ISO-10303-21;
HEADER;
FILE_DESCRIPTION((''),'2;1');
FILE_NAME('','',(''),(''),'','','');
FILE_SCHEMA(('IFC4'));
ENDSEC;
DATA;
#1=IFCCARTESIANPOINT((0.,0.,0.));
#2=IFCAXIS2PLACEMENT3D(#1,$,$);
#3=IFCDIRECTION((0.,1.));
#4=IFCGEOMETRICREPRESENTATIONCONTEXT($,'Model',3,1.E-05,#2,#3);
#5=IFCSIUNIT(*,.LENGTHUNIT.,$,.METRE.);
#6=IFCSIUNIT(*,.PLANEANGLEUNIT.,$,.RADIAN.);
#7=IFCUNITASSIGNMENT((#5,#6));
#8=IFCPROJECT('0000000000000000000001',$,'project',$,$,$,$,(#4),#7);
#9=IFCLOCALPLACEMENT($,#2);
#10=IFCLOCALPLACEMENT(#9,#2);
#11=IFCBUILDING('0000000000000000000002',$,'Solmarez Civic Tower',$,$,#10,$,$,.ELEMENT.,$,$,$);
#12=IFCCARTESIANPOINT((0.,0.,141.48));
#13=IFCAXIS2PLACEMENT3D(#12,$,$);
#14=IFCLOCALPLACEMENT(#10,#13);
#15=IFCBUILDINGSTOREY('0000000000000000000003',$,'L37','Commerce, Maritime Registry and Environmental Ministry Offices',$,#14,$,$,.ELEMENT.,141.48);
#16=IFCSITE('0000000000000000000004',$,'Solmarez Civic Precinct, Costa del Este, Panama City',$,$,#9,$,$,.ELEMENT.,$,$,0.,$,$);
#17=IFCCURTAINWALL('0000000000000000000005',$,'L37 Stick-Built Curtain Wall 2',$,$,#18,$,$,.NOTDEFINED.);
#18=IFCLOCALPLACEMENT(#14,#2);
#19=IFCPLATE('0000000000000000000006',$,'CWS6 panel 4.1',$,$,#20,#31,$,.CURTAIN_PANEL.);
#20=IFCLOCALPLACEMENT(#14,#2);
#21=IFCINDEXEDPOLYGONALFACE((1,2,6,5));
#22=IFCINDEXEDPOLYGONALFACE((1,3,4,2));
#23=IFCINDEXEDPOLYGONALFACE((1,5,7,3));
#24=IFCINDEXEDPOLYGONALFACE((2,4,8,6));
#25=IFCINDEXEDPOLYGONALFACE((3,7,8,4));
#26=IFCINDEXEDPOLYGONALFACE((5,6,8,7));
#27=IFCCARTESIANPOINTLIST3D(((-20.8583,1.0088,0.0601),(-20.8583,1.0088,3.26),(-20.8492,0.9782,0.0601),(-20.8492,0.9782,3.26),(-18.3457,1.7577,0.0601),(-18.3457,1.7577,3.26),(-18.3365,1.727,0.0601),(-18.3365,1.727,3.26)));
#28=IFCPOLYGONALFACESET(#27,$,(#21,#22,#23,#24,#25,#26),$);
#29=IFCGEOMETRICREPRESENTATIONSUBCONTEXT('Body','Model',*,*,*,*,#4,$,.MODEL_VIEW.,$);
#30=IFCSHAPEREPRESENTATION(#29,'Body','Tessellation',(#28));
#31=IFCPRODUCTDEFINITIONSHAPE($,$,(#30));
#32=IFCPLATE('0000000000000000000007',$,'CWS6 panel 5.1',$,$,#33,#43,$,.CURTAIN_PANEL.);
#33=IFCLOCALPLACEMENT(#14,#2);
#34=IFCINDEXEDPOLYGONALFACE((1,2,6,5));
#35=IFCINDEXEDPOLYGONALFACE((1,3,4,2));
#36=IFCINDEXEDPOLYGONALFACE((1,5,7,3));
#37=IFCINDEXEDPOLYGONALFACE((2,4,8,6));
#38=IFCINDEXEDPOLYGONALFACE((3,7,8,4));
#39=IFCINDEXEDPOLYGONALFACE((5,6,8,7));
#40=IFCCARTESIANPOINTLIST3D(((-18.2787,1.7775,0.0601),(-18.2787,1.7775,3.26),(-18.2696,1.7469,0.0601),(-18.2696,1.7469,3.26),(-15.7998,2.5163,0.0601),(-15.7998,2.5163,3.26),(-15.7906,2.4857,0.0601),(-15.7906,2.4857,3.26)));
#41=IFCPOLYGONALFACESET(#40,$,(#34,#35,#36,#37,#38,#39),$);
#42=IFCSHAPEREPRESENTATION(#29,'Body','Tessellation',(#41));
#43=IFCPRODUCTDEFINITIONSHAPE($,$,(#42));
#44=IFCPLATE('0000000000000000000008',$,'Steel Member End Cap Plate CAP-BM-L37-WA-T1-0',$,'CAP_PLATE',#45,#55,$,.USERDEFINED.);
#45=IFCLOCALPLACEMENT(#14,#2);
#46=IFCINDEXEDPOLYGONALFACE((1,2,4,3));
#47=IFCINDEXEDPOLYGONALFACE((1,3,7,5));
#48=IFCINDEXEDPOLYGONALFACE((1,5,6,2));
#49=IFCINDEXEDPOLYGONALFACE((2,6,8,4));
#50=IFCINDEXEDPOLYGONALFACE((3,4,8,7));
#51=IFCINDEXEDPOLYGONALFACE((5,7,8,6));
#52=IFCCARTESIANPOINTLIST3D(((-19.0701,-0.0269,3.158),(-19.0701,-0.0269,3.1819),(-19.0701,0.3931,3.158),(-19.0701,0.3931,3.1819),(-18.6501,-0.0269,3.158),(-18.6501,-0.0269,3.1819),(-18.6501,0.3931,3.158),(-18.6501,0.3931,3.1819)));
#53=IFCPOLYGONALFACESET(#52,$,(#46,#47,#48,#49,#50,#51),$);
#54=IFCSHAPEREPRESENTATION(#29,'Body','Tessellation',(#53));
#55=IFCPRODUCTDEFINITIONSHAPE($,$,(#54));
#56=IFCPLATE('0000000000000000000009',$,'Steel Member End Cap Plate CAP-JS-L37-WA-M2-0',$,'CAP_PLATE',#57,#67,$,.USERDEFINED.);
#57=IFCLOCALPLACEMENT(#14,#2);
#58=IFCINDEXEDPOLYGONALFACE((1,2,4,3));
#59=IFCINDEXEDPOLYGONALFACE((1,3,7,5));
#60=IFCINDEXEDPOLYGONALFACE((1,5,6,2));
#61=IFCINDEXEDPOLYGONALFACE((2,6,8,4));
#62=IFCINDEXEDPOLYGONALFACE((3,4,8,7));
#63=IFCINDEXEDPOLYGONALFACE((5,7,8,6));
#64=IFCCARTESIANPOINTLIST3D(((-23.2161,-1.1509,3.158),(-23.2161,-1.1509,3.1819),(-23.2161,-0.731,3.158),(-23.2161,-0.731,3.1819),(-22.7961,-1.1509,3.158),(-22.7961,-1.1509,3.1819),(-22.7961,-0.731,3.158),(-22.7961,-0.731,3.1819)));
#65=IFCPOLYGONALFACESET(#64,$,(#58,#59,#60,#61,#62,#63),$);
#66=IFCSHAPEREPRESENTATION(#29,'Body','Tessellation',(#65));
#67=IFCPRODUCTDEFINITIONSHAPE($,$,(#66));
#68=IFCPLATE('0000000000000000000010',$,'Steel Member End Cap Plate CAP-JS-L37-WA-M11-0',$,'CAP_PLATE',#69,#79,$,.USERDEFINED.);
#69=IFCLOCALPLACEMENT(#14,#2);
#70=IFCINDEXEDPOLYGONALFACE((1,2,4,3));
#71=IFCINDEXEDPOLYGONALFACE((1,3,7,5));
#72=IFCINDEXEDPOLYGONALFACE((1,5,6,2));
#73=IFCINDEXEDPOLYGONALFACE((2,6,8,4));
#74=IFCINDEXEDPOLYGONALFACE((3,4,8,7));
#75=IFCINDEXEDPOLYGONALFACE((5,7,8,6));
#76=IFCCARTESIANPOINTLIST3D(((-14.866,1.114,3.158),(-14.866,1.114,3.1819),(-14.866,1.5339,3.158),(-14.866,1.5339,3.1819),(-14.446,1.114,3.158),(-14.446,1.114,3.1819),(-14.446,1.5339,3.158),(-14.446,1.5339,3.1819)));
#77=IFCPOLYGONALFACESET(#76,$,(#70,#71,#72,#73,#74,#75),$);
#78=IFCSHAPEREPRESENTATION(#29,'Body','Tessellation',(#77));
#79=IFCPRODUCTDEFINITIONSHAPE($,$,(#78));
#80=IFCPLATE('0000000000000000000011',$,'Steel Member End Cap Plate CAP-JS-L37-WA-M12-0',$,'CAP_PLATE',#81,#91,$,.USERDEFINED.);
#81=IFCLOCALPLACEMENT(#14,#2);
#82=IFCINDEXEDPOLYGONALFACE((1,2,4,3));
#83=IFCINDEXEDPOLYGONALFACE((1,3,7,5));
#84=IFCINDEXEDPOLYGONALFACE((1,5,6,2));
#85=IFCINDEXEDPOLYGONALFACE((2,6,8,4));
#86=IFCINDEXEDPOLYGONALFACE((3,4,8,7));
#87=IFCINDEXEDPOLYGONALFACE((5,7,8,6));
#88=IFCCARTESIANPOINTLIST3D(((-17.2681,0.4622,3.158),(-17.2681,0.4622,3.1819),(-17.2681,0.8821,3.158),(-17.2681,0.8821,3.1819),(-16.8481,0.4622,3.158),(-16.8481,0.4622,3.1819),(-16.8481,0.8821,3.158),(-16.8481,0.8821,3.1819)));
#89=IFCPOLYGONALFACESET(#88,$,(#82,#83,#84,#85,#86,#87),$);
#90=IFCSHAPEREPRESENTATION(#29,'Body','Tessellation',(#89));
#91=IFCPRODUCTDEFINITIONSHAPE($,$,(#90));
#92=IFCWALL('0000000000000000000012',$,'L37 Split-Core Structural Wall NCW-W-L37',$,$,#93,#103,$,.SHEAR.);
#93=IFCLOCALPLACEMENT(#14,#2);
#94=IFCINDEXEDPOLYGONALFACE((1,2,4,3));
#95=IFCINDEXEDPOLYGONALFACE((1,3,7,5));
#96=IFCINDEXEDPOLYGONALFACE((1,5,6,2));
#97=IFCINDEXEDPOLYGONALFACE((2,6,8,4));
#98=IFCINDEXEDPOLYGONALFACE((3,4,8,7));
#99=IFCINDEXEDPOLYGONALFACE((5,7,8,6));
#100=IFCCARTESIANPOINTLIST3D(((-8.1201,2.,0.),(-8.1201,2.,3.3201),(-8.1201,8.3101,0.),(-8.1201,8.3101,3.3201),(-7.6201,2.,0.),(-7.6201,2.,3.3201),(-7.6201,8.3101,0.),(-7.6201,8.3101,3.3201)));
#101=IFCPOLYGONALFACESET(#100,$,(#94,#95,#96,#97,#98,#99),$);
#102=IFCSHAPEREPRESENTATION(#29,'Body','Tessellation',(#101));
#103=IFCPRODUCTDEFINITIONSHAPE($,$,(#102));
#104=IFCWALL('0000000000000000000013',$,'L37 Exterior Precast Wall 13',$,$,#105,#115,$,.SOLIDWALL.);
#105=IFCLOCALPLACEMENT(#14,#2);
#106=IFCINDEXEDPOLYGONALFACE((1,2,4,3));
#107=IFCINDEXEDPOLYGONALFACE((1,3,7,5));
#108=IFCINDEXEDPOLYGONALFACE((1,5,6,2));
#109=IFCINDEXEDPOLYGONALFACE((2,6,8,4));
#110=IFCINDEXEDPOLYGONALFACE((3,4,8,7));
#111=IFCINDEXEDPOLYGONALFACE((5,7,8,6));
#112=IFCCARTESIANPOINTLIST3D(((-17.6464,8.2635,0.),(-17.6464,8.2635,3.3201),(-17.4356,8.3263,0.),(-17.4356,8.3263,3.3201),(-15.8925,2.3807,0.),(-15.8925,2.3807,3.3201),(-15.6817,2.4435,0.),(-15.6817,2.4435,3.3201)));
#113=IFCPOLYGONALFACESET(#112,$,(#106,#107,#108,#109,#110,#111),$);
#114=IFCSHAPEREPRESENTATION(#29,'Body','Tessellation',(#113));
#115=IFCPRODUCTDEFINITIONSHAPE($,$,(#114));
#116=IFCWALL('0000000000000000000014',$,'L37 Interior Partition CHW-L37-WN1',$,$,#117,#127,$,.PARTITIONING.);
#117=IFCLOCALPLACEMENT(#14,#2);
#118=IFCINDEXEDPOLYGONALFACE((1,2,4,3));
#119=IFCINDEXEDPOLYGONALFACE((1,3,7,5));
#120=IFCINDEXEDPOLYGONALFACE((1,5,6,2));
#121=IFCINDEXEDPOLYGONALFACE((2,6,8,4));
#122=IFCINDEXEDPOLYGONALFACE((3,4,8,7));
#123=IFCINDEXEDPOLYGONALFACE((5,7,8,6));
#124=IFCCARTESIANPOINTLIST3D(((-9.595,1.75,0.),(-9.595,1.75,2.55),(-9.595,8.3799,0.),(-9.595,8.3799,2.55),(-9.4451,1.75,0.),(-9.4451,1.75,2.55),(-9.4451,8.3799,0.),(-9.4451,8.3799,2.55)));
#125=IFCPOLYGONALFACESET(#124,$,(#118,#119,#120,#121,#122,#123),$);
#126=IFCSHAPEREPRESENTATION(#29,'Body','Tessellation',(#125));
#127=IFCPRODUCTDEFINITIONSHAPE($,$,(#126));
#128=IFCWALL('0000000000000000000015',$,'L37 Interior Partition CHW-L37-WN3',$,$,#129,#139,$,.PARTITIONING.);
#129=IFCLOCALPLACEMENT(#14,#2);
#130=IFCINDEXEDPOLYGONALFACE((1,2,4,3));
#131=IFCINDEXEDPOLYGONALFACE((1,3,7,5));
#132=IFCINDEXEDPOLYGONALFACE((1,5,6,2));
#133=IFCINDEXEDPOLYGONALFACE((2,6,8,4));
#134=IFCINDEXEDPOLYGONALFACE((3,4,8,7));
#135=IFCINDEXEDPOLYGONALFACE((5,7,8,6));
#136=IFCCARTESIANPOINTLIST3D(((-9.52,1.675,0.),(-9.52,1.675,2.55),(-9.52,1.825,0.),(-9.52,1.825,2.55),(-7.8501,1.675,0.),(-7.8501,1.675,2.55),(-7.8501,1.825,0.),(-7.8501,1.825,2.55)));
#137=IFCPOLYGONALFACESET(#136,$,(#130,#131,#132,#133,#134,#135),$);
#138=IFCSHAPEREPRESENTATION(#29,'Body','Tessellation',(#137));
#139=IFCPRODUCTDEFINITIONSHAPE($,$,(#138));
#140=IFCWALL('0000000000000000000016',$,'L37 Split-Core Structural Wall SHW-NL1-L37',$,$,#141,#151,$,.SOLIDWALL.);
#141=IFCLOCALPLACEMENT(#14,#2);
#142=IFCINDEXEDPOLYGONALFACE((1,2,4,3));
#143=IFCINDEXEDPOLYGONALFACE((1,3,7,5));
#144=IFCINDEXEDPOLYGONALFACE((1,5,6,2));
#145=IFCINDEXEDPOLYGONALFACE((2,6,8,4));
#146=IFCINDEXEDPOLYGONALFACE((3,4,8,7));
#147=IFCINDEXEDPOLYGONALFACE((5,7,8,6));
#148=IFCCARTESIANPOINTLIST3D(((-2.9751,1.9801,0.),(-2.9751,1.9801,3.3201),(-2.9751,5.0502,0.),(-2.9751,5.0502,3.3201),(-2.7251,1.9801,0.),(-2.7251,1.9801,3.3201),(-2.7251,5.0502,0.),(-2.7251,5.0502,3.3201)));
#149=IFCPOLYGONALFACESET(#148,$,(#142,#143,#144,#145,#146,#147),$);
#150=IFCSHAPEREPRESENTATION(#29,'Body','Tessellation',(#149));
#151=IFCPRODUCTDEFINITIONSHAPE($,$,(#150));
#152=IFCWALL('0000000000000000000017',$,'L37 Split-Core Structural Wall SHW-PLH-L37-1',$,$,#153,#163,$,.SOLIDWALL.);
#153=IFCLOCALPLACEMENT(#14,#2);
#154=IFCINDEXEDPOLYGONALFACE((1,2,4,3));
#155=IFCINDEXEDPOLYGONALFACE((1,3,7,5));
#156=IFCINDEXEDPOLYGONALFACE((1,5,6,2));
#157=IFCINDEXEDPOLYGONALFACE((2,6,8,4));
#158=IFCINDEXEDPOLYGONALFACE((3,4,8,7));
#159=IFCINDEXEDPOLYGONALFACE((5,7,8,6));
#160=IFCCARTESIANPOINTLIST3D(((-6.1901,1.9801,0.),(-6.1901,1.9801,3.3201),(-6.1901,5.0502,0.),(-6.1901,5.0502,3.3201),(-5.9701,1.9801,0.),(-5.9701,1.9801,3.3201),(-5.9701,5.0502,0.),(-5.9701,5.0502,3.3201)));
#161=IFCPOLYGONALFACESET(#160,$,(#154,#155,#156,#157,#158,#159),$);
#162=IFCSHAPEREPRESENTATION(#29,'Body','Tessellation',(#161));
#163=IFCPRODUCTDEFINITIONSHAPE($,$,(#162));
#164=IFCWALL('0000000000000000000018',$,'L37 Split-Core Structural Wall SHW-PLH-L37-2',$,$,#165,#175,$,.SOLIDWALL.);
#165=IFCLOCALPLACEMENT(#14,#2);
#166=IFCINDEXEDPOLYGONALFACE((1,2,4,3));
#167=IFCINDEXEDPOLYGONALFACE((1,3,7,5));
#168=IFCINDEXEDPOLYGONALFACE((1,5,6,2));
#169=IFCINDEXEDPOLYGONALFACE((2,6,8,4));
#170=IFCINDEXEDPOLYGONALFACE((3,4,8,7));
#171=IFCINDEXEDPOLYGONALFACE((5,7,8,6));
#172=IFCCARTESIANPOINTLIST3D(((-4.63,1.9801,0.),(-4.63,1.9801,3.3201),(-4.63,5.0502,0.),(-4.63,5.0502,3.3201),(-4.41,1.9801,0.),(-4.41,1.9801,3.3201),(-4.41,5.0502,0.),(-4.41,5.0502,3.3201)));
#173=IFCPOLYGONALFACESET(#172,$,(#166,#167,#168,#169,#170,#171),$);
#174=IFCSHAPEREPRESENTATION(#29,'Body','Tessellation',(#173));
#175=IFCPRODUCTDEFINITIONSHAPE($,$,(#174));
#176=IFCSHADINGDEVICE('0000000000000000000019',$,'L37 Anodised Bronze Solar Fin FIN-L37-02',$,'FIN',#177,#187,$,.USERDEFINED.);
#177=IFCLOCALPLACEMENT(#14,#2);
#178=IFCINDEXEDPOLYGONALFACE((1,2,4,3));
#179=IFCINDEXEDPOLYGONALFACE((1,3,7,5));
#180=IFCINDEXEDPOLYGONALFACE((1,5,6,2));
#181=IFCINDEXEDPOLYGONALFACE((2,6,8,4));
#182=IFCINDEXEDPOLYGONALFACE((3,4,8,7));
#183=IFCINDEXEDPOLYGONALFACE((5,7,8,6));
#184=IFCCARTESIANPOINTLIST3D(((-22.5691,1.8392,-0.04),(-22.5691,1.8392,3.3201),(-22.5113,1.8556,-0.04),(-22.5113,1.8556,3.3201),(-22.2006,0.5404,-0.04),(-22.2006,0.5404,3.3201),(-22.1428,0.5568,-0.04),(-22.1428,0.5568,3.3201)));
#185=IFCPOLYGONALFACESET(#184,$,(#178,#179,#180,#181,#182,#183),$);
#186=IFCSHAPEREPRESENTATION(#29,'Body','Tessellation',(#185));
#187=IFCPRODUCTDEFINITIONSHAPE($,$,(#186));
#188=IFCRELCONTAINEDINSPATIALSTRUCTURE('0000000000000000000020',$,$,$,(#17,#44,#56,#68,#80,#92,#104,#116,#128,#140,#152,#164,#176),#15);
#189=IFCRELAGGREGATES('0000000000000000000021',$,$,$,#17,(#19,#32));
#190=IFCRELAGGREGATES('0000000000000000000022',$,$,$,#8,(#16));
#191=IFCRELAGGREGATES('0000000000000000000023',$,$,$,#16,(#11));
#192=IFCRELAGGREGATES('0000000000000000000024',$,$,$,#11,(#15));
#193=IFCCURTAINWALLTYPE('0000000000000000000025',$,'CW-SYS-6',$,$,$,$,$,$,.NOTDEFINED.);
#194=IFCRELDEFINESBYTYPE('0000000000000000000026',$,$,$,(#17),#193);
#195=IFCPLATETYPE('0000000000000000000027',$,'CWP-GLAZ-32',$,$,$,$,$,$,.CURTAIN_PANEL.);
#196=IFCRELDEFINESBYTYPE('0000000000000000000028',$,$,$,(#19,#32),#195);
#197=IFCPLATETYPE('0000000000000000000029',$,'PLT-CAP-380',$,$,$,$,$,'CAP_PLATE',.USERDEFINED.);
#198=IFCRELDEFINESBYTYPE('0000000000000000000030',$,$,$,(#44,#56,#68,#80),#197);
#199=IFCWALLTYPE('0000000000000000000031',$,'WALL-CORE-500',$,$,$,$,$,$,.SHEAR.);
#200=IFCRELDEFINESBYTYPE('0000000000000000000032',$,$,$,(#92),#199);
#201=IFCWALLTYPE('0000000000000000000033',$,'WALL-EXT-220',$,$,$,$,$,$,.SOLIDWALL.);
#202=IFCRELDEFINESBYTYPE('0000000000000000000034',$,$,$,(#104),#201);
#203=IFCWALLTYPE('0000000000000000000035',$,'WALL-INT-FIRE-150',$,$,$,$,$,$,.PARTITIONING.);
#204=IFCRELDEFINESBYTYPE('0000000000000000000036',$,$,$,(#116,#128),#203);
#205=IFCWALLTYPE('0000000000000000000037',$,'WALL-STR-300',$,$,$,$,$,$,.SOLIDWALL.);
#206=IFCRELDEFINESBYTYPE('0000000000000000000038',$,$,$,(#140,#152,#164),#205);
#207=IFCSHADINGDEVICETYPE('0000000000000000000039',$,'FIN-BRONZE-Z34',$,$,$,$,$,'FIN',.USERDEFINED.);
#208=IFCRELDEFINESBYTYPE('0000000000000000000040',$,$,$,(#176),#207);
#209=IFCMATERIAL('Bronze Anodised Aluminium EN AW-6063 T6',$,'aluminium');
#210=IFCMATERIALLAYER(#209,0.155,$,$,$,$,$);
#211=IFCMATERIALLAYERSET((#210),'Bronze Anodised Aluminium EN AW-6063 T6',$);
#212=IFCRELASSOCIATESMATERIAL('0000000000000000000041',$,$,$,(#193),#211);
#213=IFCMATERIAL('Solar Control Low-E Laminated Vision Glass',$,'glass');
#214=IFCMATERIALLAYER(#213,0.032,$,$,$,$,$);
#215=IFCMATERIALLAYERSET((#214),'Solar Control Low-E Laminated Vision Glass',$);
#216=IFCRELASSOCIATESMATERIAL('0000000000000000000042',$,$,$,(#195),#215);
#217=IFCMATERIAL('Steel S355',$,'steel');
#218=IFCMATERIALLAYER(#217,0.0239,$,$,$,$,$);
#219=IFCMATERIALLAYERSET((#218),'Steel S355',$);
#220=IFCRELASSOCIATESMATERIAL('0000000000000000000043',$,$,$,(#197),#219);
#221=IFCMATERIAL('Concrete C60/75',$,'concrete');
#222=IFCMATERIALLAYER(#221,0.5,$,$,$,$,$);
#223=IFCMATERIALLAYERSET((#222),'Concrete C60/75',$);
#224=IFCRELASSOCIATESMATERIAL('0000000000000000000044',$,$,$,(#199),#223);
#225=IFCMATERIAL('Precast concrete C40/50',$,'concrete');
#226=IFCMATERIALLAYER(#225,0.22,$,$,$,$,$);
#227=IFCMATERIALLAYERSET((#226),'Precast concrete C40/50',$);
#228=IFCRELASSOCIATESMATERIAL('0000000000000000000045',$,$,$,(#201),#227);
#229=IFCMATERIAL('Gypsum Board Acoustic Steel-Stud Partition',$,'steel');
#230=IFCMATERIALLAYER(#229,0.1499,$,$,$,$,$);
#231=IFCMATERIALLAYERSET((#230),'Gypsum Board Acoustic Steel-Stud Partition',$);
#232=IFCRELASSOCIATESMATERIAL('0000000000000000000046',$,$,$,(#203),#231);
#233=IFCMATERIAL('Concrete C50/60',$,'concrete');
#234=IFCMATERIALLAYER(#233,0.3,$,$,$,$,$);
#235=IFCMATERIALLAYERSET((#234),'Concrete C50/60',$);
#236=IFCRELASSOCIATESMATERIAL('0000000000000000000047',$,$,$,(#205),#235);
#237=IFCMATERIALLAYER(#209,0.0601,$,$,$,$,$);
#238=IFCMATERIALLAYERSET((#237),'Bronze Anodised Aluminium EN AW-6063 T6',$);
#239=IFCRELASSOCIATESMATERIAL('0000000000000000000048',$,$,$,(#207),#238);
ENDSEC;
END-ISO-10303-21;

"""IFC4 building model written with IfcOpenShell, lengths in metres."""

from ifc_helpers import new_model, si_unit, direction, frame, frame_2d, origin, origin_2d, place, context, subcontext, project, spatial, rectangle, extrude, material, layer, layer_set, type_object, element, aggregate, save


model = new_model("IFC4")

# Units and contexts
model_context = context("Model", 3, precision=1e-05, world=origin(), true_north=direction((0.0, 1.0)))
body_context = subcontext(model_context, "Body", "Model", "MODEL_VIEW")
ifc_project = project(units=[si_unit("LENGTHUNIT", "METRE"), si_unit("PLANEANGLEUNIT", "RADIAN")], contexts=[model_context])

# Site, building, storey
site_placement = place(None, origin())
site = spatial("IfcSite", under=ifc_project, at=site_placement, Name="Solmarez Civic Precinct, Costa del Este, Panama City", CompositionType="ELEMENT", RefElevation=0.0)
building_placement = place(site_placement, origin())
building = spatial("IfcBuilding", under=site, at=building_placement, Name="Solmarez Civic Tower", CompositionType="ELEMENT")
storey_placement = place(building_placement, frame((0.0, 0.0, 141.48)))
storey = spatial("IfcBuildingStorey", under=building, at=storey_placement, Name="L37", Description="Commerce, Maritime Registry and Environmental Ministry Offices", CompositionType="ELEMENT", Elevation=141.48)

# Shared definitions
ifc_material_1 = material(Name="Concrete C50/60", Category="concrete")

# Shared definitions
ifc_material_2 = material(Name="Steel S355", Category="steel")

# Curtain wall, plates
ifc_material_3 = material(Name="Bronze Anodised Aluminium EN AW-6063 T6", Category="aluminium")
ifc_layer_1 = layer(ifc_material_3, 0.155)
ifc_layer_set_1 = layer_set([ifc_layer_1], Name="Bronze Anodised Aluminium EN AW-6063 T6")
curtain_wall_type = type_object("IfcCurtainWallType", Name="CW-SYS-6", PredefinedType="NOTDEFINED", material=ifc_layer_set_1)
curtain_wall_placement = place(storey_placement, origin())
curtain_wall = element("IfcCurtainWall", 1, at=curtain_wall_placement, inside=storey, type_object=curtain_wall_type, Name="L37 Stick-Built Curtain Wall 2", PredefinedType="NOTDEFINED")
ifc_material_4 = material(Name="Solar Control Low-E Laminated Vision Glass", Category="glass")
ifc_layer_2 = layer(ifc_material_4, 0.032)
ifc_layer_set_2 = layer_set([ifc_layer_2], Name="Solar Control Low-E Laminated Vision Glass")
plate_type_1 = type_object("IfcPlateType", Name="CWP-GLAZ-32", PredefinedType="CURTAIN_PANEL", material=ifc_layer_set_2)
plate_1_placement = place(storey_placement, frame((-19.5974, 1.3679, 0.0601), z_axis=(0.0, 0.0, 1.0), x_axis=(0.958344, 0.285616, 0.0)))
plate_1 = element("IfcPlate", 2, at=plate_1_placement, type_object=plate_type_1, Name="CWS6 panel 4.1", PredefinedType="CURTAIN_PANEL", context=body_context, shape_type="SweptSolid", body=[
    extrude(rectangle(XDim=2.6218, YDim=0.032, at=origin_2d()), origin(), (0.0, 0.0, 1.0), 3.2),
])
plate_2_placement = place(storey_placement, frame((-17.0347, 2.1316, 0.0601), z_axis=(0.0, 0.0, 1.0), x_axis=(0.958344, 0.285616, 0.0)))
plate_2 = element("IfcPlate", 3, at=plate_2_placement, type_object=plate_type_1, Name="CWS6 panel 5.1", PredefinedType="CURTAIN_PANEL", context=body_context, shape_type="SweptSolid", body=[
    extrude(rectangle(XDim=2.5867, YDim=0.032, at=origin_2d()), origin(), (0.0, 0.0, 1.0), 3.2),
])
aggregate(curtain_wall, [plate_1, plate_2])

# Plates
ifc_layer_3 = layer(ifc_material_2, 0.0239)
ifc_layer_set_3 = layer_set([ifc_layer_3], Name="Steel S355")
plate_type_2 = type_object("IfcPlateType", Name="PLT-CAP-380", ElementType="CAP_PLATE", PredefinedType="USERDEFINED", material=ifc_layer_set_3)
for number, where, z_axis, x_axis, name in (
    (4, (-18.8601, 0.1831, 3.158), (0.0, 0.0, 1.0), (1.0, 0.0, 0.0), "Steel Member End Cap Plate CAP-BM-L37-WA-T1-0"),
    (5, (-23.0061, -0.9409, 3.158), (0.0, 0.0, 1.0), (1.0, 0.0, 0.0), "Steel Member End Cap Plate CAP-JS-L37-WA-M2-0"),
    (6, (-14.656, 1.324, 3.158), (0.0, 0.0, 1.0), (1.0, 0.0, 0.0), "Steel Member End Cap Plate CAP-JS-L37-WA-M11-0"),
    (7, (-17.0581, 0.6721, 3.158), (0.0, 0.0, 1.0), (1.0, 0.0, 0.0), "Steel Member End Cap Plate CAP-JS-L37-WA-M12-0"),
):
    element("IfcPlate", number, at=place(storey_placement, frame(where, z_axis=z_axis, x_axis=x_axis)), inside=storey, type_object=plate_type_2, Name=name, ObjectType="CAP_PLATE", PredefinedType="USERDEFINED", context=body_context, shape_type="SweptSolid", body=[
        extrude(rectangle(XDim=0.4199, YDim=0.4199, at=origin_2d()), origin(), (0.0, 0.0, 1.0), 0.0239),
    ])

# Walls
ifc_material_5 = material(Name="Concrete C60/75", Category="concrete")
ifc_layer_4 = layer(ifc_material_5, 0.5)
ifc_layer_set_4 = layer_set([ifc_layer_4], Name="Concrete C60/75")
wall_type_1 = type_object("IfcWallType", Name="WALL-CORE-500", PredefinedType="SHEAR", material=ifc_layer_set_4)
wall_1_placement = place(storey_placement, frame((-7.8701, 2.0, 0.0), z_axis=(0.0, 0.0, 1.0), x_axis=(0.0, 1.0, 0.0)))
element("IfcWall", 8, at=wall_1_placement, inside=storey, type_object=wall_type_1, Name="L37 Split-Core Structural Wall NCW-W-L37", PredefinedType="SHEAR", context=body_context, shape_type="SweptSolid", body=[
    extrude(rectangle(XDim=6.3101, YDim=0.5, at=frame_2d((3.155, 0.0))), origin(), (0.0, 0.0, 1.0), 3.3201),
])
ifc_material_6 = material(Name="Precast concrete C40/50", Category="concrete")
ifc_layer_5 = layer(ifc_material_6, 0.22)
ifc_layer_set_5 = layer_set([ifc_layer_5], Name="Precast concrete C40/50")
wall_type_2 = type_object("IfcWallType", Name="WALL-EXT-220", PredefinedType="SOLIDWALL", material=ifc_layer_set_5)
wall_2_placement = place(storey_placement, frame((-15.7871, 2.4121, 0.0), z_axis=(0.0, 0.0, 1.0), x_axis=(-0.285713, 0.958315, 0.0)))
element("IfcWall", 9, at=wall_2_placement, inside=storey, type_object=wall_type_2, Name="L37 Exterior Precast Wall 13", PredefinedType="SOLIDWALL", context=body_context, shape_type="SweptSolid", body=[
    extrude(rectangle(XDim=6.1387, YDim=0.22, at=frame_2d((3.0693, 0.0))), origin(), (0.0, 0.0, 1.0), 3.3201),
])
ifc_material_7 = material(Name="Gypsum Board Acoustic Steel-Stud Partition", Category="steel")
ifc_layer_6 = layer(ifc_material_7, 0.1499)
ifc_layer_set_6 = layer_set([ifc_layer_6], Name="Gypsum Board Acoustic Steel-Stud Partition")
wall_type_3 = type_object("IfcWallType", Name="WALL-INT-FIRE-150", PredefinedType="PARTITIONING", material=ifc_layer_set_6)
wall_3_placement = place(storey_placement, frame((-9.52, 1.75, 0.0), z_axis=(0.0, 0.0, 1.0), x_axis=(0.0, 1.0, 0.0)))
element("IfcWall", 10, at=wall_3_placement, inside=storey, type_object=wall_type_3, Name="L37 Interior Partition CHW-L37-WN1", PredefinedType="PARTITIONING", context=body_context, shape_type="SweptSolid", body=[
    extrude(rectangle(XDim=6.6299, YDim=0.1499, at=frame_2d((3.3149, 0.0))), origin(), (0.0, 0.0, 1.0), 2.55),
])
wall_4_placement = place(storey_placement, frame((-7.8501, 1.75, 0.0), z_axis=(0.0, 0.0, 1.0), x_axis=(-1.0, 0.0, 0.0)))
element("IfcWall", 11, at=wall_4_placement, inside=storey, type_object=wall_type_3, Name="L37 Interior Partition CHW-L37-WN3", PredefinedType="PARTITIONING", context=body_context, shape_type="SweptSolid", body=[
    extrude(rectangle(XDim=1.6699, YDim=0.1499, at=frame_2d((0.835, 0.0))), origin(), (0.0, 0.0, 1.0), 2.55),
])
ifc_layer_7 = layer(ifc_material_1, 0.3)
ifc_layer_set_7 = layer_set([ifc_layer_7], Name="Concrete C50/60")
wall_type_4 = type_object("IfcWallType", Name="WALL-STR-300", PredefinedType="SOLIDWALL", material=ifc_layer_set_7)
wall_5_placement = place(storey_placement, frame((-2.8501, 1.98, 0.0), z_axis=(0.0, 0.0, 1.0), x_axis=(0.0, 1.0, 0.0)))
element("IfcWall", 12, at=wall_5_placement, inside=storey, type_object=wall_type_4, Name="L37 Split-Core Structural Wall SHW-NL1-L37", PredefinedType="SOLIDWALL", context=body_context, shape_type="SweptSolid", body=[
    extrude(rectangle(XDim=3.0701, YDim=0.25, at=frame_2d((1.5352, 0.0))), origin(), (0.0, 0.0, 1.0), 3.3201),
])
for number, where, z_axis, x_axis, name in (
    (13, (-6.0801, 1.98, 0.0), (0.0, 0.0, 1.0), (0.0, 1.0, 0.0), "L37 Split-Core Structural Wall SHW-PLH-L37-1"),
    (14, (-4.52, 1.98, 0.0), (0.0, 0.0, 1.0), (0.0, 1.0, 0.0), "L37 Split-Core Structural Wall SHW-PLH-L37-2"),
):
    element("IfcWall", number, at=place(storey_placement, frame(where, z_axis=z_axis, x_axis=x_axis)), inside=storey, type_object=wall_type_4, Name=name, PredefinedType="SOLIDWALL", context=body_context, shape_type="SweptSolid", body=[
        extrude(rectangle(XDim=3.0701, YDim=0.22, at=frame_2d((1.5352, 0.0))), origin(), (0.0, 0.0, 1.0), 3.3201),
    ])

# Shading device
ifc_layer_8 = layer(ifc_material_3, 0.0601)
ifc_layer_set_8 = layer_set([ifc_layer_8], Name="Bronze Anodised Aluminium EN AW-6063 T6")
shading_device_type = type_object("IfcShadingDeviceType", Name="FIN-BRONZE-Z34", ElementType="FIN", PredefinedType="USERDEFINED", material=ifc_layer_set_8)
shading_device_placement = place(storey_placement, frame((-22.356, 1.198, -0.04), z_axis=(0.0, 0.0, 1.0), x_axis=(-0.272902, 0.962042, 0.0)))
element("IfcShadingDevice", 15, at=shading_device_placement, inside=storey, type_object=shading_device_type, Name="L37 Anodised Bronze Solar Fin FIN-L37-02", ObjectType="FIN", PredefinedType="USERDEFINED", context=body_context, shape_type="SweptSolid", body=[
    extrude(rectangle(XDim=1.3501, YDim=0.0601, at=origin_2d()), origin(), (0.0, 0.0, 1.0), 3.3601),
])

save(model, "model.ifc")
